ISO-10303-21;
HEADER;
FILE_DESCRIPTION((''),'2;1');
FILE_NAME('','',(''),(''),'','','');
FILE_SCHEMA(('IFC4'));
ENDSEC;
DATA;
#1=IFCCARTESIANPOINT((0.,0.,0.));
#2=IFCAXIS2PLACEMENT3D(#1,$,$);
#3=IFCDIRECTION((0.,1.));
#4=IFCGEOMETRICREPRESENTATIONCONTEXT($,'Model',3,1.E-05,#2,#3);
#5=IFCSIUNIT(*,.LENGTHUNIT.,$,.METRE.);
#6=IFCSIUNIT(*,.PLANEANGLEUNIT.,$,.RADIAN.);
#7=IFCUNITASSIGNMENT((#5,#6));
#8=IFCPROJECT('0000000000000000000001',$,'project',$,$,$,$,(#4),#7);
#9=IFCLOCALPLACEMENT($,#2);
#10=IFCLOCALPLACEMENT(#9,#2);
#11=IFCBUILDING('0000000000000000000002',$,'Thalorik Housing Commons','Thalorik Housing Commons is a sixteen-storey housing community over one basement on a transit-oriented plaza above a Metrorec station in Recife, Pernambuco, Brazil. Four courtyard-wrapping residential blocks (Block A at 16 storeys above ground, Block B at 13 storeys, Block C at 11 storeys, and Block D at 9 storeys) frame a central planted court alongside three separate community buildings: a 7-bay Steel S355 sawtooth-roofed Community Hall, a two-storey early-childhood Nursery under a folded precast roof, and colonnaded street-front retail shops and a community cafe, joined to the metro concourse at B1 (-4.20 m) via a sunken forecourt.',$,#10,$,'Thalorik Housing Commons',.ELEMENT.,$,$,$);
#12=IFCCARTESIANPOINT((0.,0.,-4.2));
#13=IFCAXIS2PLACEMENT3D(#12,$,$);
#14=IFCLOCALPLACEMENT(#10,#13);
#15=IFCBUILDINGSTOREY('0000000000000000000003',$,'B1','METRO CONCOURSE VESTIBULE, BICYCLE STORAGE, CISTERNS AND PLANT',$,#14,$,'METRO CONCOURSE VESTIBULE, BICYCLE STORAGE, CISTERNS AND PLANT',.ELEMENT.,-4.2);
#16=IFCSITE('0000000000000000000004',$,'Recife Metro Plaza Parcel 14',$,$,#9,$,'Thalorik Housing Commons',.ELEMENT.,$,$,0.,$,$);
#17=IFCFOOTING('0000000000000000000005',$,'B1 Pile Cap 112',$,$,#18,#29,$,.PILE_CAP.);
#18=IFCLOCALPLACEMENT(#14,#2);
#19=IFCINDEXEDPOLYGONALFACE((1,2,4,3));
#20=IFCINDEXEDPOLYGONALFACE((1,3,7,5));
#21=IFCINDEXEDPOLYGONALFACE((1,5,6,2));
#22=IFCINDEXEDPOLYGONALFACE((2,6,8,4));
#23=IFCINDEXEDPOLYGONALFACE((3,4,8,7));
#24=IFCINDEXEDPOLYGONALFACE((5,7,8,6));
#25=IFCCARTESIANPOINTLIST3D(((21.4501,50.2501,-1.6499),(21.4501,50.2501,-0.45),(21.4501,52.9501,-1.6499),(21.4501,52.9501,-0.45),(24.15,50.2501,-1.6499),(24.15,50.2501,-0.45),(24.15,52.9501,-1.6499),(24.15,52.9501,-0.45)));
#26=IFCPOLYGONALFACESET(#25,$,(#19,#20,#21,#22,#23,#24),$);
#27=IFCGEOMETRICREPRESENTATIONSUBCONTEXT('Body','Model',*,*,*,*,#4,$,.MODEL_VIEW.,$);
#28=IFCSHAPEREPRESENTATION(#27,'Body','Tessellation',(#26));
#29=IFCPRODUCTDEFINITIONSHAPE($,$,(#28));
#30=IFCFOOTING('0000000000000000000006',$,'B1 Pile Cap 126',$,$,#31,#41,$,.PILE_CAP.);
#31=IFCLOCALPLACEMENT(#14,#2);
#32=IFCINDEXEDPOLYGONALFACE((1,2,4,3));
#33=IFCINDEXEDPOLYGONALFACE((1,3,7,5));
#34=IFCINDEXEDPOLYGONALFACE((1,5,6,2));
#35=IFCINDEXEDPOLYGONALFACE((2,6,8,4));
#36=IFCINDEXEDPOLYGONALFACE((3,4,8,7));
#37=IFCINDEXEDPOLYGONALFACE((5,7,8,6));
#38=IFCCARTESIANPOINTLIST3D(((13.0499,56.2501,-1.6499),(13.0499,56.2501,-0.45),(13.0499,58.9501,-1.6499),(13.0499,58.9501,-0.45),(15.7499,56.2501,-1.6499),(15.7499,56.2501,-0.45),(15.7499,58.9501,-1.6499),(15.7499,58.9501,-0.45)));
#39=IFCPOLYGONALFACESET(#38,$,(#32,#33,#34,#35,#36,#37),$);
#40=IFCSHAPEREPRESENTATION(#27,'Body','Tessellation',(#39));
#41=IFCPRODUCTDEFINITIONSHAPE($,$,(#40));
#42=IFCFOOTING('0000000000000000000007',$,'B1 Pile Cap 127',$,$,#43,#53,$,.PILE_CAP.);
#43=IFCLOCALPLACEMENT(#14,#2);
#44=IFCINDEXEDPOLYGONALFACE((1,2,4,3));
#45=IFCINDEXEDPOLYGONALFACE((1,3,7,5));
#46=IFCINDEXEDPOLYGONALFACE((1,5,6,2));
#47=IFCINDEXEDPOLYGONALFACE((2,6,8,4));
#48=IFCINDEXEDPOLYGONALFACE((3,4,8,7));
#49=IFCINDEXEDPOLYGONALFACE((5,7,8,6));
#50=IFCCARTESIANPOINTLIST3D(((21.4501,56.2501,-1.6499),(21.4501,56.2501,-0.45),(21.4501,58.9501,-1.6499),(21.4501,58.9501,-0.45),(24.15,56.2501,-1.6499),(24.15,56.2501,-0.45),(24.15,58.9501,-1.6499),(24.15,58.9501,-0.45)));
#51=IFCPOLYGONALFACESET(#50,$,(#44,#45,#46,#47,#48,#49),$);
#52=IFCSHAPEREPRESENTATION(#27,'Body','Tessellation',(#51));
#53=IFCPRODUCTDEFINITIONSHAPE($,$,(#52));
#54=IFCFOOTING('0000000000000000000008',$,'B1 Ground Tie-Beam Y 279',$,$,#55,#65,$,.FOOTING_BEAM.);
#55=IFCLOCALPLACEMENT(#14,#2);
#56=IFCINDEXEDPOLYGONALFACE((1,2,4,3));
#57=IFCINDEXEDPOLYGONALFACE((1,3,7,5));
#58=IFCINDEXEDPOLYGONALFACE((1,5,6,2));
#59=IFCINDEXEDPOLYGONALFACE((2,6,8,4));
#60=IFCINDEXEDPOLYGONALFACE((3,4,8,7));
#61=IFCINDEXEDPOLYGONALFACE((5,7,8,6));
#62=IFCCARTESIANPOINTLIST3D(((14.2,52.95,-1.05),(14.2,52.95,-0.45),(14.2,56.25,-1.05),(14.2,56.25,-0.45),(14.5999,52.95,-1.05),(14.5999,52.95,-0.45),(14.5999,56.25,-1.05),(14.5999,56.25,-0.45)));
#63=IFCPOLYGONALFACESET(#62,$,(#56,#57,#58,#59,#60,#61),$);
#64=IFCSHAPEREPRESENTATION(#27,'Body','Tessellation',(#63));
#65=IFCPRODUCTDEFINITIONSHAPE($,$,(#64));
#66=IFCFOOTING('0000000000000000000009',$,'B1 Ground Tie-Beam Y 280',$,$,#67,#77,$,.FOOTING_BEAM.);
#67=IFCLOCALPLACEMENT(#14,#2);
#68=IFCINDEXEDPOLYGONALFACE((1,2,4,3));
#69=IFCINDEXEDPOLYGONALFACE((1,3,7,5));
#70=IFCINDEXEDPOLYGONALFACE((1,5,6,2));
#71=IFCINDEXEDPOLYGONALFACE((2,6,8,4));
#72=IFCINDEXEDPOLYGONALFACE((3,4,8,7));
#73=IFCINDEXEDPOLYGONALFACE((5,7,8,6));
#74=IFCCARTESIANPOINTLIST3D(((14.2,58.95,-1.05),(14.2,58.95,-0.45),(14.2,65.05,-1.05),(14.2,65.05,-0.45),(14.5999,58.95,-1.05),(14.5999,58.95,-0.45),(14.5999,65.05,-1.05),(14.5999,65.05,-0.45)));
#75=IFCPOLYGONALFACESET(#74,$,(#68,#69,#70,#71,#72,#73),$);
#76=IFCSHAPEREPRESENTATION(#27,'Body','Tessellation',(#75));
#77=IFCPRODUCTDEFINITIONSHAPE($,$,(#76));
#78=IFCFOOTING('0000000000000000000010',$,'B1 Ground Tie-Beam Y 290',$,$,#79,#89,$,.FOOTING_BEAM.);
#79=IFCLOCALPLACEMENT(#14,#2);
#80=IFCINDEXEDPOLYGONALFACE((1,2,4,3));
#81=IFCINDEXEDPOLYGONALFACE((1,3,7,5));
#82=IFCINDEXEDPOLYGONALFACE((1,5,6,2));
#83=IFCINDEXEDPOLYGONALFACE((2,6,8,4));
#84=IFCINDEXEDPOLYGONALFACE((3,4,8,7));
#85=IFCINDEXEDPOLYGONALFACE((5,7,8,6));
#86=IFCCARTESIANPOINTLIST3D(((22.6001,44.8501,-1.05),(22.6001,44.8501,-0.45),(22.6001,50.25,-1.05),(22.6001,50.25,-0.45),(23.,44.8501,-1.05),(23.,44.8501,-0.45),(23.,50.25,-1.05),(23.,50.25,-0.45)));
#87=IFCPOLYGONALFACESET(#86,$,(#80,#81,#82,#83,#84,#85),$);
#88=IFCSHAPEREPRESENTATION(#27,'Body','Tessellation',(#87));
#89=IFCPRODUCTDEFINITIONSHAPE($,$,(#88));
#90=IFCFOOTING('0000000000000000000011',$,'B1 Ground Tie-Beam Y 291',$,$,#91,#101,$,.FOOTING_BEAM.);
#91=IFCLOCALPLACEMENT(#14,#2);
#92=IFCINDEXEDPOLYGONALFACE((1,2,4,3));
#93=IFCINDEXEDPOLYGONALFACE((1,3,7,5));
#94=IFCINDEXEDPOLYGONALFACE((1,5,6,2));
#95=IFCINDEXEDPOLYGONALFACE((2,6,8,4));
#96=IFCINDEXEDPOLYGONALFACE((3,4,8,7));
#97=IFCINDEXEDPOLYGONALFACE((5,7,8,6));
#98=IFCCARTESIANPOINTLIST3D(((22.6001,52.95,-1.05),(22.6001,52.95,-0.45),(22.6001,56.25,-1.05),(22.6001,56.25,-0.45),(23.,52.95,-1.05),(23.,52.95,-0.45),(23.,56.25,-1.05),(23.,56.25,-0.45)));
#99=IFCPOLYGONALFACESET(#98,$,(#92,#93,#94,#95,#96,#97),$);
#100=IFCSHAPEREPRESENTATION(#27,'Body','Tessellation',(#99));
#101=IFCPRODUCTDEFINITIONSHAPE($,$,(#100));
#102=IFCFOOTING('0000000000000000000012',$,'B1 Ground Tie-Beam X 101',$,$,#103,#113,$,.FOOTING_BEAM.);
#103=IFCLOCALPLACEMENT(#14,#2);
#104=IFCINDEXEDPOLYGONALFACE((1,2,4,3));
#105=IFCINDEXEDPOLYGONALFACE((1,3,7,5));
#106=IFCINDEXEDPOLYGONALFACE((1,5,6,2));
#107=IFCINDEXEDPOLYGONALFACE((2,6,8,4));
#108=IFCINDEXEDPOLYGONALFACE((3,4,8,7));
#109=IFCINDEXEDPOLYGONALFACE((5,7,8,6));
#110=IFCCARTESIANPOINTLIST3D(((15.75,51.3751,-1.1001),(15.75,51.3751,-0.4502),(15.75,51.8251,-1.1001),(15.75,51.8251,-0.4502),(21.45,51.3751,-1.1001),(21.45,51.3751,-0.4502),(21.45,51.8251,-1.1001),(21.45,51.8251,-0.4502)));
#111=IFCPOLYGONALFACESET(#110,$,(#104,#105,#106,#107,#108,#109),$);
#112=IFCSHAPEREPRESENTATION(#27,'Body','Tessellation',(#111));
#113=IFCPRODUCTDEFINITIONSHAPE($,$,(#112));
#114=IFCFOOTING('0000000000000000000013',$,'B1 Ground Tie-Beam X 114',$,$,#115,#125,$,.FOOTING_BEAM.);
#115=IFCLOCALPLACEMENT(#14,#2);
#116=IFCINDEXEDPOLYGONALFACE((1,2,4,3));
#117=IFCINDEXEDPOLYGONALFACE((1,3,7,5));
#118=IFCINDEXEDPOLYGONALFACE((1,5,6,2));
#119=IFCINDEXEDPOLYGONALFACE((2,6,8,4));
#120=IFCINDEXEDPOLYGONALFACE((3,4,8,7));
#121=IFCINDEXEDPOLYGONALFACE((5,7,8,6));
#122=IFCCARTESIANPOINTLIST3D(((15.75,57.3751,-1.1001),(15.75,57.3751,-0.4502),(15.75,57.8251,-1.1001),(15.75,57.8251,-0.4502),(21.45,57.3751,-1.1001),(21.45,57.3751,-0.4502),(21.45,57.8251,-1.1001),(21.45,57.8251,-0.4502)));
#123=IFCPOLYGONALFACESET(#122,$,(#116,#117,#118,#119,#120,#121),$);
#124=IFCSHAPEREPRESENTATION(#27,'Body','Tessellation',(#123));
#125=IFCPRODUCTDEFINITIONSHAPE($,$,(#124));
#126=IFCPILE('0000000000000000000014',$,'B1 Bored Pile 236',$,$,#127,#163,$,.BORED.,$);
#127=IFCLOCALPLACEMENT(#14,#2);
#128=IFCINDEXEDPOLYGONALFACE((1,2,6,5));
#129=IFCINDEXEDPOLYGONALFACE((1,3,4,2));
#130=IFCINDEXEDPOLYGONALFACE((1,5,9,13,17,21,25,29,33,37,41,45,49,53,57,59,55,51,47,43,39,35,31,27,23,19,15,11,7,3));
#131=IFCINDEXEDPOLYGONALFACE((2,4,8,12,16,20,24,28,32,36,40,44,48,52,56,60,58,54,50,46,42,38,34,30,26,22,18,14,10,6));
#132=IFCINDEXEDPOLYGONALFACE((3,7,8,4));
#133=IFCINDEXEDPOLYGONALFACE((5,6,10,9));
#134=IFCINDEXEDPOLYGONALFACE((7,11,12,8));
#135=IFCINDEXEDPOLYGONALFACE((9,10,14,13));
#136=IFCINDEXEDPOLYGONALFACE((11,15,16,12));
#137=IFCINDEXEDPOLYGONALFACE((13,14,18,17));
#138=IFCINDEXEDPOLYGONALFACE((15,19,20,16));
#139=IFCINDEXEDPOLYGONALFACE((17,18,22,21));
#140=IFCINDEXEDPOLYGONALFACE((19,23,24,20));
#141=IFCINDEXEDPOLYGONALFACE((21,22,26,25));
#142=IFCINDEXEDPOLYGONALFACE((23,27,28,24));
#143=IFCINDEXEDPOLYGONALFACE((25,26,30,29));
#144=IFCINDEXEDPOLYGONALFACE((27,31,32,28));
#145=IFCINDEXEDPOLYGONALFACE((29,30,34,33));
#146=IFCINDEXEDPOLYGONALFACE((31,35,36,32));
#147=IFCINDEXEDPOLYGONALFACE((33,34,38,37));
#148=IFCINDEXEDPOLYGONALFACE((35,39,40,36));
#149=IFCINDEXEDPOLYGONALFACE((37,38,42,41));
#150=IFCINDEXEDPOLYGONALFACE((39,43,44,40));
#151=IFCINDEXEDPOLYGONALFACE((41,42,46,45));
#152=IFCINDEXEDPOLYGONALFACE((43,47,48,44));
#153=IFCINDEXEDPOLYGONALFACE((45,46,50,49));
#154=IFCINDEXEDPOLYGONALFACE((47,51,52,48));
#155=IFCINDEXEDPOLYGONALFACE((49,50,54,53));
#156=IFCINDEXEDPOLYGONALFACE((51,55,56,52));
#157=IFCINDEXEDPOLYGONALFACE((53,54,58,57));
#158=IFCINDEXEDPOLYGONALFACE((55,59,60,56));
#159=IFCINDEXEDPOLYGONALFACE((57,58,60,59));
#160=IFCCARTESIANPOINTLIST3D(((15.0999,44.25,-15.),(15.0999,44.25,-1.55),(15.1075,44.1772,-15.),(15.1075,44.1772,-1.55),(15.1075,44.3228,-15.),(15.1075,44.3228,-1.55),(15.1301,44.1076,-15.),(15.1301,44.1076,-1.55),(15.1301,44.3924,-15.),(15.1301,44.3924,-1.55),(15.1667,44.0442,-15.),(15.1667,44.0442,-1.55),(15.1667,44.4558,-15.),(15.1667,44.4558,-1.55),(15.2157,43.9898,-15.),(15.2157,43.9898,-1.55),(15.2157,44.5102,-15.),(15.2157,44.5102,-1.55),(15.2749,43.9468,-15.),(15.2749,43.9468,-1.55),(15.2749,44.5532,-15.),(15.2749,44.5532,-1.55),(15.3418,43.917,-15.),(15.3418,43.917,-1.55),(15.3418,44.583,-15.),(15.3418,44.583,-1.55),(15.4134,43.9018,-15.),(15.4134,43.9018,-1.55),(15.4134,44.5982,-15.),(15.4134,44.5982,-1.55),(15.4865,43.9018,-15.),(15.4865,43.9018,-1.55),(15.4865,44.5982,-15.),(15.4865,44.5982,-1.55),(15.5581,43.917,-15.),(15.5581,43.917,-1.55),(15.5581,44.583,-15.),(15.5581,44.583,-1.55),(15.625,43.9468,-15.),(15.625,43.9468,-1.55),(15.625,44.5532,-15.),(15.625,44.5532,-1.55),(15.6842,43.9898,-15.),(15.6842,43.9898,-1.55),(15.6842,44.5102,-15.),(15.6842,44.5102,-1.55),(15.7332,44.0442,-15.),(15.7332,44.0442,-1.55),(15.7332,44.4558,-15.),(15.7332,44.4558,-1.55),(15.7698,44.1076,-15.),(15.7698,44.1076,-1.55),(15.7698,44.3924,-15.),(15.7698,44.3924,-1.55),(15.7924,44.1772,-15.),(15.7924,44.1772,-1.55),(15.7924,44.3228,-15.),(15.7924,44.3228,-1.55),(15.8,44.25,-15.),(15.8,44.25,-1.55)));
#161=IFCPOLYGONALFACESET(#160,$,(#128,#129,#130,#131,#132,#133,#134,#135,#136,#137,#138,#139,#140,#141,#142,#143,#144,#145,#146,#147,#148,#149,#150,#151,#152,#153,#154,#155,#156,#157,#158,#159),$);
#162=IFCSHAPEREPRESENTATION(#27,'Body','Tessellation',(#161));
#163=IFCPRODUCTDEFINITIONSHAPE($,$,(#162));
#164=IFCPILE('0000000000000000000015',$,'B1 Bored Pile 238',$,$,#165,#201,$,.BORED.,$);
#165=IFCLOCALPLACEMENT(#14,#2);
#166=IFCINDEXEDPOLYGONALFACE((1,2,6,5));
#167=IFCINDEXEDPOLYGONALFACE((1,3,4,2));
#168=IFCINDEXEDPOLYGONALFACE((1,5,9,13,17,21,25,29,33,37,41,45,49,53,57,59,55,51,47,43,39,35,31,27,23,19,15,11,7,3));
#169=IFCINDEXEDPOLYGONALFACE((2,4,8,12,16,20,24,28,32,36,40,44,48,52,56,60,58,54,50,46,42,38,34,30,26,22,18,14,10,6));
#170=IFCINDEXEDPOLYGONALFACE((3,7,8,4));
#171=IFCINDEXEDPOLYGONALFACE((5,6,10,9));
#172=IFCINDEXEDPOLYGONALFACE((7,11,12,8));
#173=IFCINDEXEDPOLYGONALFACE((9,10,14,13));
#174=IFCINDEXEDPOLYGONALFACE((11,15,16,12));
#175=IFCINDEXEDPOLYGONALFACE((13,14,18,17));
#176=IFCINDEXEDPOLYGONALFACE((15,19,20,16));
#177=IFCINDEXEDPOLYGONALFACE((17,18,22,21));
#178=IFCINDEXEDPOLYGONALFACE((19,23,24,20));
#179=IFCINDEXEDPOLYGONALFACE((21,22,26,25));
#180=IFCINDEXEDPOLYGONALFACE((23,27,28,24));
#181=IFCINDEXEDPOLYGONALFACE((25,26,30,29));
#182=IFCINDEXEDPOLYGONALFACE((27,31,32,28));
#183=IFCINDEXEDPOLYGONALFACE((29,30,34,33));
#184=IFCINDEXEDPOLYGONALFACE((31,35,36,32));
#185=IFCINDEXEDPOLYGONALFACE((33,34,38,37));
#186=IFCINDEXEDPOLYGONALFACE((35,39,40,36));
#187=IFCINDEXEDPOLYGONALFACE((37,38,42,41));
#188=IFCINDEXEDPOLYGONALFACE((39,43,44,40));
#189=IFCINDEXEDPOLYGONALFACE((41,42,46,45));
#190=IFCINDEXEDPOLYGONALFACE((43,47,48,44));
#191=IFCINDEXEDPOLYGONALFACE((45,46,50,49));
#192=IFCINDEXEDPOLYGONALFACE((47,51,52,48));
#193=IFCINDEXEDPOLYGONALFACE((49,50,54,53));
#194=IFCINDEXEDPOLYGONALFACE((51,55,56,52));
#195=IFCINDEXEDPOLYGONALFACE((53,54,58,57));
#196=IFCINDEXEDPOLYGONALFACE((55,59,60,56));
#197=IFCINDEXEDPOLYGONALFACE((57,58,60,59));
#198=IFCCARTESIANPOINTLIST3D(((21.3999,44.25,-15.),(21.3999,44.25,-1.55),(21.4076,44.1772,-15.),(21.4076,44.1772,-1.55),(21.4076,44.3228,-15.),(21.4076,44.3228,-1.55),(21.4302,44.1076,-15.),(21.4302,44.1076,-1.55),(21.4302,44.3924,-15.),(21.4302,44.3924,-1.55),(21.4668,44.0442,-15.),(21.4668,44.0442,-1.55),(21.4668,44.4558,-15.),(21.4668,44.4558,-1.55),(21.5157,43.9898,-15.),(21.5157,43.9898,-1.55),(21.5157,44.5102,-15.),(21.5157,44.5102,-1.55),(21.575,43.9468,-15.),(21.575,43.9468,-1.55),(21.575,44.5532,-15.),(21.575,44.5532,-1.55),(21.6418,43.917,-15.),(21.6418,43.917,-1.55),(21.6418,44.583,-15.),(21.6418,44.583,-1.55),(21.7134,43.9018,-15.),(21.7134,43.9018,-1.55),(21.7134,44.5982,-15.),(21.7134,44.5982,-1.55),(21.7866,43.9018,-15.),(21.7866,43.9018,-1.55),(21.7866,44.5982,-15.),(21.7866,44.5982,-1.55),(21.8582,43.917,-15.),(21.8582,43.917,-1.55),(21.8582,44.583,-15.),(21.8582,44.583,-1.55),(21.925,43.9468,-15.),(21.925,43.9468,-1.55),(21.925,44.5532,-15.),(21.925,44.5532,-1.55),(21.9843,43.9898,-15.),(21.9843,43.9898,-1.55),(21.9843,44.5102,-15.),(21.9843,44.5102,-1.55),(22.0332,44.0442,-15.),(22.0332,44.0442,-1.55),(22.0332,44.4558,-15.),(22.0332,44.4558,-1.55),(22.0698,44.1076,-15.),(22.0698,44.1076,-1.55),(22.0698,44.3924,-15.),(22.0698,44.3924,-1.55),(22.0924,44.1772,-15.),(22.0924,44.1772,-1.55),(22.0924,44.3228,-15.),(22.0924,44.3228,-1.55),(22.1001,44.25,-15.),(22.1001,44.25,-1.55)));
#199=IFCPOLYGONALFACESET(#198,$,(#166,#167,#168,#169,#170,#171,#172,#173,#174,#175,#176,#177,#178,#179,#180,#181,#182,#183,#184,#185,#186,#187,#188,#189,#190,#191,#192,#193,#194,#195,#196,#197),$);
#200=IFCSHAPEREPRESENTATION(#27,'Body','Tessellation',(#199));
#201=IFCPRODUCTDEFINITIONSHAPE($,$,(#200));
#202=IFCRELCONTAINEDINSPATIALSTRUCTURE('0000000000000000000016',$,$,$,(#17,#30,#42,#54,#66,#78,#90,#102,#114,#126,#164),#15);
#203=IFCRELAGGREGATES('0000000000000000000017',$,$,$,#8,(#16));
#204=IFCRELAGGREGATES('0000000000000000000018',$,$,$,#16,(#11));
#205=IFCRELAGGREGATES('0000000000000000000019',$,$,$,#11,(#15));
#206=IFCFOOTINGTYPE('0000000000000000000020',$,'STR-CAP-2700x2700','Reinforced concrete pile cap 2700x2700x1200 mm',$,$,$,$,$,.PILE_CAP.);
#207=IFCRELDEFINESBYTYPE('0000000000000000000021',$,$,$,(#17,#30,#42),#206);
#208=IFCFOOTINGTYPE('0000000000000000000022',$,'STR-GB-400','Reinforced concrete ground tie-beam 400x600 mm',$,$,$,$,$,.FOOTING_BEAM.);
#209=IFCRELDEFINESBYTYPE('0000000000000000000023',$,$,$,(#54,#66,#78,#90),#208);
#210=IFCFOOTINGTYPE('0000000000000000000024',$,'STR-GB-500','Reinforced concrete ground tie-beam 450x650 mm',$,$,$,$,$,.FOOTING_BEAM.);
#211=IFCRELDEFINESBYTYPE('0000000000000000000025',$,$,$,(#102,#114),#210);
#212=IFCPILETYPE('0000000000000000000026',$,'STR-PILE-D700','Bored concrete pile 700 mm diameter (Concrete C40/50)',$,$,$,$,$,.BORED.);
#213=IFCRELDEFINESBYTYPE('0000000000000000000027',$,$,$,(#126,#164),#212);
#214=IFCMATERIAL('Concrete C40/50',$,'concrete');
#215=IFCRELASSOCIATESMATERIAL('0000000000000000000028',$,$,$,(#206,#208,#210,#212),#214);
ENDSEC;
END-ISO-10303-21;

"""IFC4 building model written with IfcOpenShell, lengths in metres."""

from ifc_helpers import new_model, si_unit, direction, frame, origin, origin_2d, place, context, subcontext, project, spatial, rectangle, circle, extrude, material, material_profile, profile_set, type_object, element, save


model = new_model("IFC4")

# Units and contexts
model_context = context("Model", 3, precision=1e-05, world=origin(), true_north=direction((0.0, 1.0)))
body_context = subcontext(model_context, "Body", "Model", "MODEL_VIEW")
ifc_project = project(units=[si_unit("LENGTHUNIT", "METRE"), si_unit("PLANEANGLEUNIT", "RADIAN")], contexts=[model_context])

# Site, building, storey
site_placement = place(None, origin())
site = spatial("IfcSite", under=ifc_project, at=site_placement, Name="Recife Metro Plaza Parcel 14", LongName="Thalorik Housing Commons", CompositionType="ELEMENT", RefElevation=0.0)
building_placement = place(site_placement, origin())
building = spatial("IfcBuilding", under=site, at=building_placement, Name="Thalorik Housing Commons", Description="Thalorik Housing Commons is a sixteen-storey housing community over one basement on a transit-oriented plaza above a Metrorec station in Recife, Pernambuco, Brazil. Four courtyard-wrapping residential blocks (Block A at 16 storeys above ground, Block B at 13 storeys, Block C at 11 storeys, and Block D at 9 storeys) frame a central planted court alongside three separate community buildings: a 7-bay Steel S355 sawtooth-roofed Community Hall, a two-storey early-childhood Nursery under a folded precast roof, and colonnaded street-front retail shops and a community cafe, joined to the metro concourse at B1 (-4.20 m) via a sunken forecourt.", LongName="Thalorik Housing Commons", CompositionType="ELEMENT")
storey_placement = place(building_placement, frame((0.0, 0.0, -4.2)))
storey = spatial("IfcBuildingStorey", under=building, at=storey_placement, Name="B1", Description="METRO CONCOURSE VESTIBULE, BICYCLE STORAGE, CISTERNS AND PLANT", LongName="METRO CONCOURSE VESTIBULE, BICYCLE STORAGE, CISTERNS AND PLANT", CompositionType="ELEMENT", Elevation=-4.2)

# Footings
ifc_material_1 = material(Name="Concrete C40/50", Category="concrete")
footing_type_1 = type_object("IfcFootingType", Name="STR-CAP-2700x2700", Description="Reinforced concrete pile cap 2700x2700x1200 mm", PredefinedType="PILE_CAP", material=ifc_material_1)
for number, where, z_axis, x_axis, name in (
    (1, (22.8, 51.6001, -1.6499), (0.0, 0.0, 1.0), (1.0, 0.0, 0.0), "B1 Pile Cap 112"),
    (2, (14.3999, 57.6001, -1.6499), (0.0, 0.0, 1.0), (1.0, 0.0, 0.0), "B1 Pile Cap 126"),
    (3, (22.8, 57.6001, -1.6499), (0.0, 0.0, 1.0), (1.0, 0.0, 0.0), "B1 Pile Cap 127"),
):
    element("IfcFooting", number, at=place(storey_placement, frame(where, z_axis=z_axis, x_axis=x_axis)), inside=storey, type_object=footing_type_1, Name=name, PredefinedType="PILE_CAP", context=body_context, shape_type="SweptSolid", body=[
        extrude(rectangle(XDim=2.7, YDim=2.7, at=origin_2d()), origin(), (0.0, 0.0, 1.0), 1.2),
    ])
ifc_material_profile_1 = material_profile(ifc_material_1, rectangle(XDim=0.3999, YDim=0.6001, at=origin_2d()), Name="RC 400x600", Category="concrete")
ifc_profile_set_1 = profile_set([ifc_material_profile_1], Name="Concrete C40/50")
footing_type_2 = type_object("IfcFootingType", Name="STR-GB-400", Description="Reinforced concrete ground tie-beam 400x600 mm", PredefinedType="FOOTING_BEAM", material=ifc_profile_set_1)
footing_1_placement = place(storey_placement, frame((14.3999, 52.95, -0.75), z_axis=(0.0, 1.0, 0.0), x_axis=(-1.0, 0.0, 0.0)))
element("IfcFooting", 4, at=footing_1_placement, inside=storey, type_object=footing_type_2, Name="B1 Ground Tie-Beam Y 279", PredefinedType="FOOTING_BEAM", context=body_context, shape_type="SweptSolid", body=[
    extrude(rectangle(XDim=0.3999, YDim=0.6001, at=origin_2d()), origin(), (0.0, 0.0, 1.0), 3.3),
])
footing_2_placement = place(storey_placement, frame((14.3999, 58.95, -0.75), z_axis=(0.0, 1.0, 0.0), x_axis=(-1.0, 0.0, 0.0)))
element("IfcFooting", 5, at=footing_2_placement, inside=storey, type_object=footing_type_2, Name="B1 Ground Tie-Beam Y 280", PredefinedType="FOOTING_BEAM", context=body_context, shape_type="SweptSolid", body=[
    extrude(rectangle(XDim=0.3999, YDim=0.6001, at=origin_2d()), origin(), (0.0, 0.0, 1.0), 6.1001),
])
footing_3_placement = place(storey_placement, frame((22.8, 44.8501, -0.75), z_axis=(0.0, 1.0, 0.0), x_axis=(-1.0, 0.0, 0.0)))
element("IfcFooting", 6, at=footing_3_placement, inside=storey, type_object=footing_type_2, Name="B1 Ground Tie-Beam Y 290", PredefinedType="FOOTING_BEAM", context=body_context, shape_type="SweptSolid", body=[
    extrude(rectangle(XDim=0.3999, YDim=0.6001, at=origin_2d()), origin(), (0.0, 0.0, 1.0), 5.3999),
])
footing_4_placement = place(storey_placement, frame((22.8, 52.95, -0.75), z_axis=(0.0, 1.0, 0.0), x_axis=(-1.0, 0.0, 0.0)))
element("IfcFooting", 7, at=footing_4_placement, inside=storey, type_object=footing_type_2, Name="B1 Ground Tie-Beam Y 291", PredefinedType="FOOTING_BEAM", context=body_context, shape_type="SweptSolid", body=[
    extrude(rectangle(XDim=0.3999, YDim=0.6001, at=origin_2d()), origin(), (0.0, 0.0, 1.0), 3.3),
])
ifc_material_profile_2 = material_profile(ifc_material_1, rectangle(XDim=0.45, YDim=0.6499, at=origin_2d()), Name="RC 450x650", Category="concrete")
ifc_profile_set_2 = profile_set([ifc_material_profile_2], Name="Concrete C40/50")
footing_type_3 = type_object("IfcFootingType", Name="STR-GB-500", Description="Reinforced concrete ground tie-beam 450x650 mm", PredefinedType="FOOTING_BEAM", material=ifc_profile_set_2)
for number, where, z_axis, x_axis, name in (
    (8, (15.75, 51.6001, -0.7751), (1.0, 0.0, 0.0), (0.0, 1.0, 0.0), "B1 Ground Tie-Beam X 101"),
    (9, (15.75, 57.6001, -0.7751), (1.0, 0.0, 0.0), (0.0, 1.0, 0.0), "B1 Ground Tie-Beam X 114"),
):
    element("IfcFooting", number, at=place(storey_placement, frame(where, z_axis=z_axis, x_axis=x_axis)), inside=storey, type_object=footing_type_3, Name=name, PredefinedType="FOOTING_BEAM", context=body_context, shape_type="SweptSolid", body=[
        extrude(rectangle(XDim=0.45, YDim=0.6499, at=origin_2d()), origin(), (0.0, 0.0, 1.0), 5.7),
    ])

# Piles
ifc_material_profile_3 = material_profile(ifc_material_1, circle(Radius=0.3501, at=origin_2d()), Name="BORED PILE D700", Category="concrete")
ifc_profile_set_3 = profile_set([ifc_material_profile_3], Name="Concrete C40/50")
pile_type = type_object("IfcPileType", Name="STR-PILE-D700", Description="Bored concrete pile 700 mm diameter (Concrete C40/50)", PredefinedType="BORED", material=ifc_profile_set_3)
for number, where, z_axis, x_axis, name in (
    (10, (15.45, 44.25, -1.55), (0.0, 0.0, -1.0), (1.0, 0.0, 0.0), "B1 Bored Pile 236"),
    (11, (21.75, 44.25, -1.55), (0.0, 0.0, -1.0), (1.0, 0.0, 0.0), "B1 Bored Pile 238"),
):
    element("IfcPile", number, at=place(storey_placement, frame(where, z_axis=z_axis, x_axis=x_axis)), inside=storey, type_object=pile_type, Name=name, PredefinedType="BORED", context=body_context, shape_type="SweptSolid", body=[
        extrude(circle(Radius=0.3501, at=origin_2d()), origin(), (0.0, 0.0, 1.0), 13.45),
    ])

save(model, "model.ifc")
